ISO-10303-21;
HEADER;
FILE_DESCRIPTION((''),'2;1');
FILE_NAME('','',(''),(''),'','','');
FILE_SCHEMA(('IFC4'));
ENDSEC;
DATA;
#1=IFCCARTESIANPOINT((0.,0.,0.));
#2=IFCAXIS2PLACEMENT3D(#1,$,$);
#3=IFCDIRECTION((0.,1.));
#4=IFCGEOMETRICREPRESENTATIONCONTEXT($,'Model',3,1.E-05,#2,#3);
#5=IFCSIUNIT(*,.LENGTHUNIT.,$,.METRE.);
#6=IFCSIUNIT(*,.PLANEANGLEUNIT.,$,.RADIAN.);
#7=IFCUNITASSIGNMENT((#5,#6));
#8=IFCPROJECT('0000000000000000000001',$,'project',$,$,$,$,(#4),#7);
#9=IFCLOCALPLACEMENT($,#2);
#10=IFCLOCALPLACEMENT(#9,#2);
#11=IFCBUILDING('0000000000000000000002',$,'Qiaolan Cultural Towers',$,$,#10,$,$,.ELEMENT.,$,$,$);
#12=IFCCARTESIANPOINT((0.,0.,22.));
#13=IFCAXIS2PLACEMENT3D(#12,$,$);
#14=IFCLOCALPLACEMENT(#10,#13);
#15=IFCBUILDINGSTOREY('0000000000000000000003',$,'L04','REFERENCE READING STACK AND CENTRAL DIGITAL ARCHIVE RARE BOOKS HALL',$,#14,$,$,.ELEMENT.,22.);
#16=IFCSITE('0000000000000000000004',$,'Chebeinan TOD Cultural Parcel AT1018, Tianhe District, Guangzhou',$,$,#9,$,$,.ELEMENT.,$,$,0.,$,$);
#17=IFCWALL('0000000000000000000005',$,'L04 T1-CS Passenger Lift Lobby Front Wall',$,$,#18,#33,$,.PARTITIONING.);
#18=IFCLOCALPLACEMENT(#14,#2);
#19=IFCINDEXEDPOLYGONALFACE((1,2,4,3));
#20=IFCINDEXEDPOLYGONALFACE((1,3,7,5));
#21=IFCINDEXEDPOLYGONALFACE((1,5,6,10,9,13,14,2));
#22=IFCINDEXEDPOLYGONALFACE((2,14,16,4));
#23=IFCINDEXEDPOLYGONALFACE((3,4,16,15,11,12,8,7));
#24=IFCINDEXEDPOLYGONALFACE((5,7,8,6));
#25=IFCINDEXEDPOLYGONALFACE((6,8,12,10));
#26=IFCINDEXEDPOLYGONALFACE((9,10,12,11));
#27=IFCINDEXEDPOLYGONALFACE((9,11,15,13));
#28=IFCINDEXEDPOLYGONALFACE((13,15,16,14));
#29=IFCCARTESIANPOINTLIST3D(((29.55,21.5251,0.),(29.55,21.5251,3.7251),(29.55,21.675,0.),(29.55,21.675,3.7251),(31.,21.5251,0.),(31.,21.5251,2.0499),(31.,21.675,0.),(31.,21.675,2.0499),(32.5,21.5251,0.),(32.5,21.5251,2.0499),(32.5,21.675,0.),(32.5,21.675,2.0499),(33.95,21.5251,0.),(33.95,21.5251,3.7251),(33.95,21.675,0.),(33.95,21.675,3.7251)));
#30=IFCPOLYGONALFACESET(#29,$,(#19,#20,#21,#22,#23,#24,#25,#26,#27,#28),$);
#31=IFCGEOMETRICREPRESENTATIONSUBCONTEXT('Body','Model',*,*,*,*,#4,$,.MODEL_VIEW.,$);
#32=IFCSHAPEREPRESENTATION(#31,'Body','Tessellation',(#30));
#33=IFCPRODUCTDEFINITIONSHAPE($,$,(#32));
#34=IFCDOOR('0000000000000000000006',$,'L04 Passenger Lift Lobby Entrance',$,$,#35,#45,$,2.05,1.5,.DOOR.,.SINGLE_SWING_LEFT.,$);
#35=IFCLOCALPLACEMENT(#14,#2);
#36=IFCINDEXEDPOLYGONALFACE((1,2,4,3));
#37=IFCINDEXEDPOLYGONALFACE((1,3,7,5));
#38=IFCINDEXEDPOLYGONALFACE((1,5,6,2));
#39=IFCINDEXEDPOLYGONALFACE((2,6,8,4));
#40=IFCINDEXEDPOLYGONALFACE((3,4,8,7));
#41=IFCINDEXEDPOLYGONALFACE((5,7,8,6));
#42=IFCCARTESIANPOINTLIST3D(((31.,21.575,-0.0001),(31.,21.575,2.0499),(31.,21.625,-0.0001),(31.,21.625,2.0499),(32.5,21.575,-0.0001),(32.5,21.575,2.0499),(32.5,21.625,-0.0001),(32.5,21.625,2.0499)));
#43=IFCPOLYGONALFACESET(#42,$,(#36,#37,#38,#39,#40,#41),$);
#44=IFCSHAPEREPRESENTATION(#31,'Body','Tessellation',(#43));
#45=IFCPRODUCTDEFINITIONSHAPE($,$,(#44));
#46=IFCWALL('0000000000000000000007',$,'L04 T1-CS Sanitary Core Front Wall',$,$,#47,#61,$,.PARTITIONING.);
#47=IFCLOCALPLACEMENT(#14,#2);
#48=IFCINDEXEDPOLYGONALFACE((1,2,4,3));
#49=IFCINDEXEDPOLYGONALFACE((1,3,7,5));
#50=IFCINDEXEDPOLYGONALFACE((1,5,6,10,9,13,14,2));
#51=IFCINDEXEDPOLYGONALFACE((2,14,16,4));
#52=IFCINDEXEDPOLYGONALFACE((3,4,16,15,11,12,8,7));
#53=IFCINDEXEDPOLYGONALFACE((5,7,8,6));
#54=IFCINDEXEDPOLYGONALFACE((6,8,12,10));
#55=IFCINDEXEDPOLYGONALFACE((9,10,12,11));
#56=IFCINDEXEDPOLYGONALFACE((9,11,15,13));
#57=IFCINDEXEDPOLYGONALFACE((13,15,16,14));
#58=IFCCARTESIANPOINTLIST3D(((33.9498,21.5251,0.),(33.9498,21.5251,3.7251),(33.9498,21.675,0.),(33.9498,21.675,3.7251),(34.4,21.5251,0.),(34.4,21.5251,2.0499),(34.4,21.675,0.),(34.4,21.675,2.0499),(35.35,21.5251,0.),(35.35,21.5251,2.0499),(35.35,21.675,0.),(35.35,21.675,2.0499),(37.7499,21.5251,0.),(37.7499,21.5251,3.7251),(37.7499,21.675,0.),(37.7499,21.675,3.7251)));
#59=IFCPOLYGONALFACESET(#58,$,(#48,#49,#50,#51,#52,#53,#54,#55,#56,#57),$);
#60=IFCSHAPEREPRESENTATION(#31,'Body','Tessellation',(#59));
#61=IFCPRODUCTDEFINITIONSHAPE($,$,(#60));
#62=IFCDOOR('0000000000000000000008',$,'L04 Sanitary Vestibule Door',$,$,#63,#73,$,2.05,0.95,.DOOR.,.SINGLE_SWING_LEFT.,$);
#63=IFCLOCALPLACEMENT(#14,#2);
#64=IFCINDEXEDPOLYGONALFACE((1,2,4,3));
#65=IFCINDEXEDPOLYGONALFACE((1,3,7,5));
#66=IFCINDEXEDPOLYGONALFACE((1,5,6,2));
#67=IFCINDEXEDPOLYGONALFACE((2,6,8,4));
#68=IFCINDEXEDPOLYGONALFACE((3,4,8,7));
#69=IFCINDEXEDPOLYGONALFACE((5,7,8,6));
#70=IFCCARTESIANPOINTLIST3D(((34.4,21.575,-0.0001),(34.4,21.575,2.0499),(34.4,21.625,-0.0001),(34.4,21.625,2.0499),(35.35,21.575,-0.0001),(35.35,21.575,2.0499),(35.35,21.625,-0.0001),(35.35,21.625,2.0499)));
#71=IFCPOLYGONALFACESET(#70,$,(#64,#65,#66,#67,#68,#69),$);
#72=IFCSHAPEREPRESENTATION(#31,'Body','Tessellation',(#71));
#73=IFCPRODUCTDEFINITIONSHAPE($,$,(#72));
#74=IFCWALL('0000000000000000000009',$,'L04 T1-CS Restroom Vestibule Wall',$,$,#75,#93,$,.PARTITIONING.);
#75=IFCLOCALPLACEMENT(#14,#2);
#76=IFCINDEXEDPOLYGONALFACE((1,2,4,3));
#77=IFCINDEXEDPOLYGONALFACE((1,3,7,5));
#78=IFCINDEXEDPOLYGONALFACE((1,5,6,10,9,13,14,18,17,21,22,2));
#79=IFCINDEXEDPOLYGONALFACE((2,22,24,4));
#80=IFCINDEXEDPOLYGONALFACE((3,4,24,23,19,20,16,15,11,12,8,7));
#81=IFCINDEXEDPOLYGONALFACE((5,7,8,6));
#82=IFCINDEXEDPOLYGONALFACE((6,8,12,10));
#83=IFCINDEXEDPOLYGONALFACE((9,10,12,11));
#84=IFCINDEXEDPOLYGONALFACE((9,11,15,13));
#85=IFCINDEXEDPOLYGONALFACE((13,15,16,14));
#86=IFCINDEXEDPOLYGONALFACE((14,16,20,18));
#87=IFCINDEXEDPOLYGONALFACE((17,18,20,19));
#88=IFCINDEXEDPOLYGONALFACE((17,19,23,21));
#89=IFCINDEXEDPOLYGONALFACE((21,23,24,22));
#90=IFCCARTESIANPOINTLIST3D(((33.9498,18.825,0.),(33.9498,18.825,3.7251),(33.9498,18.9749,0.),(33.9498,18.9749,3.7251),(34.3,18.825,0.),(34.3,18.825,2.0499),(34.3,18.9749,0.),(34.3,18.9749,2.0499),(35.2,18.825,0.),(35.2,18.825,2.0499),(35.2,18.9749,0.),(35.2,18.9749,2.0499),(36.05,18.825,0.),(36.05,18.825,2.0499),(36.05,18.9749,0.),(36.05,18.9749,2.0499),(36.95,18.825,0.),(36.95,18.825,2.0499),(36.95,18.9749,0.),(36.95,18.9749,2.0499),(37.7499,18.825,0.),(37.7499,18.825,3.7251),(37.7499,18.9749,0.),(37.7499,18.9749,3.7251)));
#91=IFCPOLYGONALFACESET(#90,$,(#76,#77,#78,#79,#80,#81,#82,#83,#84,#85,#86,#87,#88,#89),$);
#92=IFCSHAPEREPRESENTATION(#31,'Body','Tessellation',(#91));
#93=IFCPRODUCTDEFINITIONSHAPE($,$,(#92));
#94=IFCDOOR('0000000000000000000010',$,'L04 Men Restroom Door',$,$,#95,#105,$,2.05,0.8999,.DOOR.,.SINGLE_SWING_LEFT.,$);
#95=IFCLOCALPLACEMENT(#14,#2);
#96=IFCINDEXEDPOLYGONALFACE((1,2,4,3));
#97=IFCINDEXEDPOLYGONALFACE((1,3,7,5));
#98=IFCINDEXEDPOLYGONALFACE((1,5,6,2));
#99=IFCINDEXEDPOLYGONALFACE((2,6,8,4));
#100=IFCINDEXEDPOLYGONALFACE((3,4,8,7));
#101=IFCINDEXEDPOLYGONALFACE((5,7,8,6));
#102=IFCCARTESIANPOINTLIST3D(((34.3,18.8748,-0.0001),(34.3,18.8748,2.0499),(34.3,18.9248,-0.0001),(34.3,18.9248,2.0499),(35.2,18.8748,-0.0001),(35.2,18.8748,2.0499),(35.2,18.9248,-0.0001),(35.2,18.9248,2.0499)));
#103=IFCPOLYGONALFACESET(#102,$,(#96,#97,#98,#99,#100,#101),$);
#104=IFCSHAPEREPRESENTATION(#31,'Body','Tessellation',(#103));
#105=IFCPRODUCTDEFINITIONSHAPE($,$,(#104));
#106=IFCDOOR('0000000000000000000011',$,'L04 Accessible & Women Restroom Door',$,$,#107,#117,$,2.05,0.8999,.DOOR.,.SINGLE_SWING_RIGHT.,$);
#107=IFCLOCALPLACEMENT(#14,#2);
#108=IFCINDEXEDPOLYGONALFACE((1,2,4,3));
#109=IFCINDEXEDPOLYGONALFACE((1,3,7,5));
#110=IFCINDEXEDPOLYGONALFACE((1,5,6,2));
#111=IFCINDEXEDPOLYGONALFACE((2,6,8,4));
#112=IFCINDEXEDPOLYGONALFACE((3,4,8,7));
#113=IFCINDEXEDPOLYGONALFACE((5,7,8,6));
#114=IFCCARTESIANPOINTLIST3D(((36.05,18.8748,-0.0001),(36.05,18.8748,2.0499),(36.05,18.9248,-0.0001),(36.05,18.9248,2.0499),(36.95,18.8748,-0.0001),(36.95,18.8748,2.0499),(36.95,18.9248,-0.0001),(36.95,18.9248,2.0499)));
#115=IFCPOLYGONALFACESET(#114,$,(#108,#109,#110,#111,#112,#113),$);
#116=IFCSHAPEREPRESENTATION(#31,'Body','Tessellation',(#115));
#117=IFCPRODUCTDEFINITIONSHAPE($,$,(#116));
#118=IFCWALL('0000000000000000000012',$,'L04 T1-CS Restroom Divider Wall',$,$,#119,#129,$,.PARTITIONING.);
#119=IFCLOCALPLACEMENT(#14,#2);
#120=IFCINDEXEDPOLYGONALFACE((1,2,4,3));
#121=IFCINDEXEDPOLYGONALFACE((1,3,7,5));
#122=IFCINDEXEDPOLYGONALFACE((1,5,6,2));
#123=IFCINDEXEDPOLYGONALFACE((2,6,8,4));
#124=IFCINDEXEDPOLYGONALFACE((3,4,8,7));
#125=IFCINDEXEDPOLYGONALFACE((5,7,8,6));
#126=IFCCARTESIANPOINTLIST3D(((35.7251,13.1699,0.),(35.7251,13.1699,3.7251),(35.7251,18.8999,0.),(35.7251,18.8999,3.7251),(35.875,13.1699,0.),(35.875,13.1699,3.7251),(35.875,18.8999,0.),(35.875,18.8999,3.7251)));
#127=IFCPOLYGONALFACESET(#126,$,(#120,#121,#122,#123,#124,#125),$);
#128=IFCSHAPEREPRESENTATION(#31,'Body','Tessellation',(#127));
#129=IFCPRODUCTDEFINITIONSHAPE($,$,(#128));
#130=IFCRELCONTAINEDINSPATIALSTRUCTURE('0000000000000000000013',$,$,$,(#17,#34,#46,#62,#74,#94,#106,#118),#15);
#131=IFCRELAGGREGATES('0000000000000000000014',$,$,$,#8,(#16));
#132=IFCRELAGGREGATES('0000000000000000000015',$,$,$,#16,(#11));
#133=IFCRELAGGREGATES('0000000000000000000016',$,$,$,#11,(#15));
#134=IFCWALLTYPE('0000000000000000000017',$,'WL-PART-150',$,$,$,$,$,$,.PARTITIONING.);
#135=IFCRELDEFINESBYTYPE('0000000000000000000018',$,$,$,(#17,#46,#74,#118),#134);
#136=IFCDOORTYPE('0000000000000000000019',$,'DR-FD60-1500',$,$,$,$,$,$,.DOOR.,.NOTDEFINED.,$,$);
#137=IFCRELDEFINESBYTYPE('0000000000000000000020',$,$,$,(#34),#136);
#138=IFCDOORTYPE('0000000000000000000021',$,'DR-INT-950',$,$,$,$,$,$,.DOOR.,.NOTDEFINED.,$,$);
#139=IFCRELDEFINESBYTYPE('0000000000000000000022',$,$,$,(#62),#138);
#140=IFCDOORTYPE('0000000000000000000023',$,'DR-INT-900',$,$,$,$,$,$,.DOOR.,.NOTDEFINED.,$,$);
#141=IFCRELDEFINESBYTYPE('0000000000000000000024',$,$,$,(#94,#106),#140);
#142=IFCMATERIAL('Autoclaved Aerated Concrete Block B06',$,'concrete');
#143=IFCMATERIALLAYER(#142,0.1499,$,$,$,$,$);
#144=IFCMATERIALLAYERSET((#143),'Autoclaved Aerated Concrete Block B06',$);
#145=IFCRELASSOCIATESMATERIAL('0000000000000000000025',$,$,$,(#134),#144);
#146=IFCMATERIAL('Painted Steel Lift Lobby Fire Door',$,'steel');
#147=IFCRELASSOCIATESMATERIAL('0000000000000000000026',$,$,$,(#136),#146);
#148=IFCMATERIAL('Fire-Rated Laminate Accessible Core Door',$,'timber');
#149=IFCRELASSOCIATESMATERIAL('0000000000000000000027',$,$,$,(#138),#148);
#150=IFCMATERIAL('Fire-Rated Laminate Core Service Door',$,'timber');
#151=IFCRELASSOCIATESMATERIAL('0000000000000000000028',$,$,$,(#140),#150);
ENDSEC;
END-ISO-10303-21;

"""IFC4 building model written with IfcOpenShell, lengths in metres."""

from ifc_helpers import new_model, si_unit, direction, frame, frame_2d, origin, place, context, subcontext, project, spatial, rectangle, extrude, material, layer, layer_set, type_object, element, fill, save


model = new_model("IFC4")

# Units and contexts
model_context = context("Model", 3, precision=1e-05, world=origin(), true_north=direction((0.0, 1.0)))
body_context = subcontext(model_context, "Body", "Model", "MODEL_VIEW")
ifc_project = project(units=[si_unit("LENGTHUNIT", "METRE"), si_unit("PLANEANGLEUNIT", "RADIAN")], contexts=[model_context])

# Site, building, storey
site_placement = place(None, origin())
site = spatial("IfcSite", under=ifc_project, at=site_placement, Name="Chebeinan TOD Cultural Parcel AT1018, Tianhe District, Guangzhou", CompositionType="ELEMENT", RefElevation=0.0)
building_placement = place(site_placement, origin())
building = spatial("IfcBuilding", under=site, at=building_placement, Name="Qiaolan Cultural Towers", CompositionType="ELEMENT")
storey_placement = place(building_placement, frame((0.0, 0.0, 22.0)))
storey = spatial("IfcBuildingStorey", under=building, at=storey_placement, Name="L04", Description="REFERENCE READING STACK AND CENTRAL DIGITAL ARCHIVE RARE BOOKS HALL", CompositionType="ELEMENT", Elevation=22.0)

# Walls, openings, doors
ifc_material_1 = material(Name="Autoclaved Aerated Concrete Block B06", Category="concrete")
ifc_layer_1 = layer(ifc_material_1, 0.1499)
ifc_layer_set_1 = layer_set([ifc_layer_1], Name="Autoclaved Aerated Concrete Block B06")
wall_type_1 = type_object("IfcWallType", Name="WL-PART-150", PredefinedType="PARTITIONING", material=ifc_layer_set_1)
wall_1_placement = place(storey_placement, frame((29.55, 21.6001, 0.0), z_axis=(0.0, 0.0, 1.0), x_axis=(1.0, 0.0, 0.0)))
wall_1 = element("IfcWall", 1, at=wall_1_placement, inside=storey, type_object=wall_type_1, Name="L04 T1-CS Passenger Lift Lobby Front Wall", PredefinedType="PARTITIONING", context=body_context, shape_type="SweptSolid", body=[
    extrude(rectangle(XDim=4.3999, YDim=0.1499, at=frame_2d((2.2, 0.0))), origin(), (0.0, 0.0, 1.0), 3.7251),
])
opening_1_placement = place(wall_1_placement, frame((1.45, 0.0, 0.0)))
opening_1 = element("IfcOpeningElement", 2, at=opening_1_placement, cuts=wall_1, PredefinedType="OPENING", context=body_context, shape_type="SweptSolid", body=[
    extrude(rectangle(XDim=1.5, YDim=2.05, at=frame_2d((0.75, 1.0249))), frame((0.0, 0.085, 0.0), z_axis=(0.0, -1.0, 0.0), x_axis=(1.0, 0.0, 0.0)), (0.0, 0.0, 1.0), 0.1699),
])
ifc_material_2 = material(Name="Painted Steel Lift Lobby Fire Door", Category="steel")
door_type_1 = type_object("IfcDoorType", Name="DR-FD60-1500", OperationType="NOTDEFINED", PredefinedType="DOOR", material=ifc_material_2)
door_1_placement = place(opening_1_placement, origin())
door_1 = element("IfcDoor", 3, at=door_1_placement, inside=storey, type_object=door_type_1, Name="L04 Passenger Lift Lobby Entrance", OperationType="SINGLE_SWING_LEFT", OverallHeight=2.05, OverallWidth=1.5, PredefinedType="DOOR", context=body_context, shape_type="SweptSolid", body=[
    extrude(rectangle(XDim=1.5, YDim=2.05, at=frame_2d((0.75, 1.0249))), frame((0.0, 0.0249, 0.0), z_axis=(0.0, -1.0, 0.0), x_axis=(1.0, 0.0, 0.0)), (0.0, 0.0, 1.0), 0.05),
])
fill(opening_1, door_1)
wall_2_placement = place(storey_placement, frame((33.95, 21.6001, 0.0), z_axis=(0.0, 0.0, 1.0), x_axis=(1.0, 0.0, 0.0)))
wall_2 = element("IfcWall", 4, at=wall_2_placement, inside=storey, type_object=wall_type_1, Name="L04 T1-CS Sanitary Core Front Wall", PredefinedType="PARTITIONING", context=body_context, shape_type="SweptSolid", body=[
    extrude(rectangle(XDim=3.8, YDim=0.1499, at=frame_2d((1.8999, 0.0))), origin(), (0.0, 0.0, 1.0), 3.7251),
])
opening_2_placement = place(wall_2_placement, frame((0.45, 0.0, 0.0)))
opening_2 = element("IfcOpeningElement", 5, at=opening_2_placement, cuts=wall_2, PredefinedType="OPENING", context=body_context, shape_type="SweptSolid", body=[
    extrude(rectangle(XDim=0.95, YDim=2.05, at=frame_2d((0.4751, 1.0249))), frame((0.0, 0.085, 0.0), z_axis=(0.0, -1.0, 0.0), x_axis=(1.0, 0.0, 0.0)), (0.0, 0.0, 1.0), 0.1699),
])
ifc_material_3 = material(Name="Fire-Rated Laminate Accessible Core Door", Category="timber")
door_type_2 = type_object("IfcDoorType", Name="DR-INT-950", OperationType="NOTDEFINED", PredefinedType="DOOR", material=ifc_material_3)
door_2_placement = place(opening_2_placement, origin())
door_2 = element("IfcDoor", 6, at=door_2_placement, inside=storey, type_object=door_type_2, Name="L04 Sanitary Vestibule Door", OperationType="SINGLE_SWING_LEFT", OverallHeight=2.05, OverallWidth=0.95, PredefinedType="DOOR", context=body_context, shape_type="SweptSolid", body=[
    extrude(rectangle(XDim=0.95, YDim=2.05, at=frame_2d((0.4751, 1.0249))), frame((0.0, 0.0249, 0.0), z_axis=(0.0, -1.0, 0.0), x_axis=(1.0, 0.0, 0.0)), (0.0, 0.0, 1.0), 0.05),
])
fill(opening_2, door_2)

# Wall, openings, doors
wall_3_placement = place(storey_placement, frame((33.95, 18.8999, 0.0), z_axis=(0.0, 0.0, 1.0), x_axis=(1.0, 0.0, 0.0)))
wall_3 = element("IfcWall", 7, at=wall_3_placement, inside=storey, type_object=wall_type_1, Name="L04 T1-CS Restroom Vestibule Wall", PredefinedType="PARTITIONING", context=body_context, shape_type="SweptSolid", body=[
    extrude(rectangle(XDim=3.8, YDim=0.1499, at=frame_2d((1.8999, 0.0))), origin(), (0.0, 0.0, 1.0), 3.7251),
])
opening_3_placement = place(wall_3_placement, frame((0.3501, 0.0, 0.0)))
opening_3 = element("IfcOpeningElement", 8, at=opening_3_placement, cuts=wall_3, PredefinedType="OPENING", context=body_context, shape_type="SweptSolid", body=[
    extrude(rectangle(XDim=0.8999, YDim=2.05, at=frame_2d((0.45, 1.0249))), frame((0.0, 0.085, 0.0), z_axis=(0.0, -1.0, 0.0), x_axis=(1.0, 0.0, 0.0)), (0.0, 0.0, 1.0), 0.1699),
])
opening_4_placement = place(wall_3_placement, frame((2.1001, 0.0, 0.0)))
opening_4 = element("IfcOpeningElement", 9, at=opening_4_placement, cuts=wall_3, PredefinedType="OPENING", context=body_context, shape_type="SweptSolid", body=[
    extrude(rectangle(XDim=0.8999, YDim=2.05, at=frame_2d((0.45, 1.0249))), frame((0.0, 0.085, 0.0), z_axis=(0.0, -1.0, 0.0), x_axis=(1.0, 0.0, 0.0)), (0.0, 0.0, 1.0), 0.1699),
])
ifc_material_4 = material(Name="Fire-Rated Laminate Core Service Door", Category="timber")
door_type_3 = type_object("IfcDoorType", Name="DR-INT-900", OperationType="NOTDEFINED", PredefinedType="DOOR", material=ifc_material_4)
door_3_placement = place(opening_3_placement, origin())
door_3 = element("IfcDoor", 10, at=door_3_placement, inside=storey, type_object=door_type_3, Name="L04 Men Restroom Door", OperationType="SINGLE_SWING_LEFT", OverallHeight=2.05, OverallWidth=0.8999, PredefinedType="DOOR", context=body_context, shape_type="SweptSolid", body=[
    extrude(rectangle(XDim=0.8999, YDim=2.05, at=frame_2d((0.45, 1.0249))), frame((0.0, 0.0249, 0.0), z_axis=(0.0, -1.0, 0.0), x_axis=(1.0, 0.0, 0.0)), (0.0, 0.0, 1.0), 0.05),
])
fill(opening_3, door_3)
door_4_placement = place(opening_4_placement, origin())
door_4 = element("IfcDoor", 11, at=door_4_placement, inside=storey, type_object=door_type_3, Name="L04 Accessible & Women Restroom Door", OperationType="SINGLE_SWING_RIGHT", OverallHeight=2.05, OverallWidth=0.8999, PredefinedType="DOOR", context=body_context, shape_type="SweptSolid", body=[
    extrude(rectangle(XDim=0.8999, YDim=2.05, at=frame_2d((0.45, 1.0249))), frame((0.0, 0.0249, 0.0), z_axis=(0.0, -1.0, 0.0), x_axis=(1.0, 0.0, 0.0)), (0.0, 0.0, 1.0), 0.05),
])
fill(opening_4, door_4)

# Wall
wall_4_placement = place(storey_placement, frame((35.8, 18.8999, 0.0), z_axis=(0.0, 0.0, 1.0), x_axis=(0.0, -1.0, 0.0)))
element("IfcWall", 12, at=wall_4_placement, inside=storey, type_object=wall_type_1, Name="L04 T1-CS Restroom Divider Wall", PredefinedType="PARTITIONING", context=body_context, shape_type="SweptSolid", body=[
    extrude(rectangle(XDim=5.73, YDim=0.1499, at=frame_2d((2.865, 0.0))), origin(), (0.0, 0.0, 1.0), 3.7251),
])

save(model, "model.ifc")
